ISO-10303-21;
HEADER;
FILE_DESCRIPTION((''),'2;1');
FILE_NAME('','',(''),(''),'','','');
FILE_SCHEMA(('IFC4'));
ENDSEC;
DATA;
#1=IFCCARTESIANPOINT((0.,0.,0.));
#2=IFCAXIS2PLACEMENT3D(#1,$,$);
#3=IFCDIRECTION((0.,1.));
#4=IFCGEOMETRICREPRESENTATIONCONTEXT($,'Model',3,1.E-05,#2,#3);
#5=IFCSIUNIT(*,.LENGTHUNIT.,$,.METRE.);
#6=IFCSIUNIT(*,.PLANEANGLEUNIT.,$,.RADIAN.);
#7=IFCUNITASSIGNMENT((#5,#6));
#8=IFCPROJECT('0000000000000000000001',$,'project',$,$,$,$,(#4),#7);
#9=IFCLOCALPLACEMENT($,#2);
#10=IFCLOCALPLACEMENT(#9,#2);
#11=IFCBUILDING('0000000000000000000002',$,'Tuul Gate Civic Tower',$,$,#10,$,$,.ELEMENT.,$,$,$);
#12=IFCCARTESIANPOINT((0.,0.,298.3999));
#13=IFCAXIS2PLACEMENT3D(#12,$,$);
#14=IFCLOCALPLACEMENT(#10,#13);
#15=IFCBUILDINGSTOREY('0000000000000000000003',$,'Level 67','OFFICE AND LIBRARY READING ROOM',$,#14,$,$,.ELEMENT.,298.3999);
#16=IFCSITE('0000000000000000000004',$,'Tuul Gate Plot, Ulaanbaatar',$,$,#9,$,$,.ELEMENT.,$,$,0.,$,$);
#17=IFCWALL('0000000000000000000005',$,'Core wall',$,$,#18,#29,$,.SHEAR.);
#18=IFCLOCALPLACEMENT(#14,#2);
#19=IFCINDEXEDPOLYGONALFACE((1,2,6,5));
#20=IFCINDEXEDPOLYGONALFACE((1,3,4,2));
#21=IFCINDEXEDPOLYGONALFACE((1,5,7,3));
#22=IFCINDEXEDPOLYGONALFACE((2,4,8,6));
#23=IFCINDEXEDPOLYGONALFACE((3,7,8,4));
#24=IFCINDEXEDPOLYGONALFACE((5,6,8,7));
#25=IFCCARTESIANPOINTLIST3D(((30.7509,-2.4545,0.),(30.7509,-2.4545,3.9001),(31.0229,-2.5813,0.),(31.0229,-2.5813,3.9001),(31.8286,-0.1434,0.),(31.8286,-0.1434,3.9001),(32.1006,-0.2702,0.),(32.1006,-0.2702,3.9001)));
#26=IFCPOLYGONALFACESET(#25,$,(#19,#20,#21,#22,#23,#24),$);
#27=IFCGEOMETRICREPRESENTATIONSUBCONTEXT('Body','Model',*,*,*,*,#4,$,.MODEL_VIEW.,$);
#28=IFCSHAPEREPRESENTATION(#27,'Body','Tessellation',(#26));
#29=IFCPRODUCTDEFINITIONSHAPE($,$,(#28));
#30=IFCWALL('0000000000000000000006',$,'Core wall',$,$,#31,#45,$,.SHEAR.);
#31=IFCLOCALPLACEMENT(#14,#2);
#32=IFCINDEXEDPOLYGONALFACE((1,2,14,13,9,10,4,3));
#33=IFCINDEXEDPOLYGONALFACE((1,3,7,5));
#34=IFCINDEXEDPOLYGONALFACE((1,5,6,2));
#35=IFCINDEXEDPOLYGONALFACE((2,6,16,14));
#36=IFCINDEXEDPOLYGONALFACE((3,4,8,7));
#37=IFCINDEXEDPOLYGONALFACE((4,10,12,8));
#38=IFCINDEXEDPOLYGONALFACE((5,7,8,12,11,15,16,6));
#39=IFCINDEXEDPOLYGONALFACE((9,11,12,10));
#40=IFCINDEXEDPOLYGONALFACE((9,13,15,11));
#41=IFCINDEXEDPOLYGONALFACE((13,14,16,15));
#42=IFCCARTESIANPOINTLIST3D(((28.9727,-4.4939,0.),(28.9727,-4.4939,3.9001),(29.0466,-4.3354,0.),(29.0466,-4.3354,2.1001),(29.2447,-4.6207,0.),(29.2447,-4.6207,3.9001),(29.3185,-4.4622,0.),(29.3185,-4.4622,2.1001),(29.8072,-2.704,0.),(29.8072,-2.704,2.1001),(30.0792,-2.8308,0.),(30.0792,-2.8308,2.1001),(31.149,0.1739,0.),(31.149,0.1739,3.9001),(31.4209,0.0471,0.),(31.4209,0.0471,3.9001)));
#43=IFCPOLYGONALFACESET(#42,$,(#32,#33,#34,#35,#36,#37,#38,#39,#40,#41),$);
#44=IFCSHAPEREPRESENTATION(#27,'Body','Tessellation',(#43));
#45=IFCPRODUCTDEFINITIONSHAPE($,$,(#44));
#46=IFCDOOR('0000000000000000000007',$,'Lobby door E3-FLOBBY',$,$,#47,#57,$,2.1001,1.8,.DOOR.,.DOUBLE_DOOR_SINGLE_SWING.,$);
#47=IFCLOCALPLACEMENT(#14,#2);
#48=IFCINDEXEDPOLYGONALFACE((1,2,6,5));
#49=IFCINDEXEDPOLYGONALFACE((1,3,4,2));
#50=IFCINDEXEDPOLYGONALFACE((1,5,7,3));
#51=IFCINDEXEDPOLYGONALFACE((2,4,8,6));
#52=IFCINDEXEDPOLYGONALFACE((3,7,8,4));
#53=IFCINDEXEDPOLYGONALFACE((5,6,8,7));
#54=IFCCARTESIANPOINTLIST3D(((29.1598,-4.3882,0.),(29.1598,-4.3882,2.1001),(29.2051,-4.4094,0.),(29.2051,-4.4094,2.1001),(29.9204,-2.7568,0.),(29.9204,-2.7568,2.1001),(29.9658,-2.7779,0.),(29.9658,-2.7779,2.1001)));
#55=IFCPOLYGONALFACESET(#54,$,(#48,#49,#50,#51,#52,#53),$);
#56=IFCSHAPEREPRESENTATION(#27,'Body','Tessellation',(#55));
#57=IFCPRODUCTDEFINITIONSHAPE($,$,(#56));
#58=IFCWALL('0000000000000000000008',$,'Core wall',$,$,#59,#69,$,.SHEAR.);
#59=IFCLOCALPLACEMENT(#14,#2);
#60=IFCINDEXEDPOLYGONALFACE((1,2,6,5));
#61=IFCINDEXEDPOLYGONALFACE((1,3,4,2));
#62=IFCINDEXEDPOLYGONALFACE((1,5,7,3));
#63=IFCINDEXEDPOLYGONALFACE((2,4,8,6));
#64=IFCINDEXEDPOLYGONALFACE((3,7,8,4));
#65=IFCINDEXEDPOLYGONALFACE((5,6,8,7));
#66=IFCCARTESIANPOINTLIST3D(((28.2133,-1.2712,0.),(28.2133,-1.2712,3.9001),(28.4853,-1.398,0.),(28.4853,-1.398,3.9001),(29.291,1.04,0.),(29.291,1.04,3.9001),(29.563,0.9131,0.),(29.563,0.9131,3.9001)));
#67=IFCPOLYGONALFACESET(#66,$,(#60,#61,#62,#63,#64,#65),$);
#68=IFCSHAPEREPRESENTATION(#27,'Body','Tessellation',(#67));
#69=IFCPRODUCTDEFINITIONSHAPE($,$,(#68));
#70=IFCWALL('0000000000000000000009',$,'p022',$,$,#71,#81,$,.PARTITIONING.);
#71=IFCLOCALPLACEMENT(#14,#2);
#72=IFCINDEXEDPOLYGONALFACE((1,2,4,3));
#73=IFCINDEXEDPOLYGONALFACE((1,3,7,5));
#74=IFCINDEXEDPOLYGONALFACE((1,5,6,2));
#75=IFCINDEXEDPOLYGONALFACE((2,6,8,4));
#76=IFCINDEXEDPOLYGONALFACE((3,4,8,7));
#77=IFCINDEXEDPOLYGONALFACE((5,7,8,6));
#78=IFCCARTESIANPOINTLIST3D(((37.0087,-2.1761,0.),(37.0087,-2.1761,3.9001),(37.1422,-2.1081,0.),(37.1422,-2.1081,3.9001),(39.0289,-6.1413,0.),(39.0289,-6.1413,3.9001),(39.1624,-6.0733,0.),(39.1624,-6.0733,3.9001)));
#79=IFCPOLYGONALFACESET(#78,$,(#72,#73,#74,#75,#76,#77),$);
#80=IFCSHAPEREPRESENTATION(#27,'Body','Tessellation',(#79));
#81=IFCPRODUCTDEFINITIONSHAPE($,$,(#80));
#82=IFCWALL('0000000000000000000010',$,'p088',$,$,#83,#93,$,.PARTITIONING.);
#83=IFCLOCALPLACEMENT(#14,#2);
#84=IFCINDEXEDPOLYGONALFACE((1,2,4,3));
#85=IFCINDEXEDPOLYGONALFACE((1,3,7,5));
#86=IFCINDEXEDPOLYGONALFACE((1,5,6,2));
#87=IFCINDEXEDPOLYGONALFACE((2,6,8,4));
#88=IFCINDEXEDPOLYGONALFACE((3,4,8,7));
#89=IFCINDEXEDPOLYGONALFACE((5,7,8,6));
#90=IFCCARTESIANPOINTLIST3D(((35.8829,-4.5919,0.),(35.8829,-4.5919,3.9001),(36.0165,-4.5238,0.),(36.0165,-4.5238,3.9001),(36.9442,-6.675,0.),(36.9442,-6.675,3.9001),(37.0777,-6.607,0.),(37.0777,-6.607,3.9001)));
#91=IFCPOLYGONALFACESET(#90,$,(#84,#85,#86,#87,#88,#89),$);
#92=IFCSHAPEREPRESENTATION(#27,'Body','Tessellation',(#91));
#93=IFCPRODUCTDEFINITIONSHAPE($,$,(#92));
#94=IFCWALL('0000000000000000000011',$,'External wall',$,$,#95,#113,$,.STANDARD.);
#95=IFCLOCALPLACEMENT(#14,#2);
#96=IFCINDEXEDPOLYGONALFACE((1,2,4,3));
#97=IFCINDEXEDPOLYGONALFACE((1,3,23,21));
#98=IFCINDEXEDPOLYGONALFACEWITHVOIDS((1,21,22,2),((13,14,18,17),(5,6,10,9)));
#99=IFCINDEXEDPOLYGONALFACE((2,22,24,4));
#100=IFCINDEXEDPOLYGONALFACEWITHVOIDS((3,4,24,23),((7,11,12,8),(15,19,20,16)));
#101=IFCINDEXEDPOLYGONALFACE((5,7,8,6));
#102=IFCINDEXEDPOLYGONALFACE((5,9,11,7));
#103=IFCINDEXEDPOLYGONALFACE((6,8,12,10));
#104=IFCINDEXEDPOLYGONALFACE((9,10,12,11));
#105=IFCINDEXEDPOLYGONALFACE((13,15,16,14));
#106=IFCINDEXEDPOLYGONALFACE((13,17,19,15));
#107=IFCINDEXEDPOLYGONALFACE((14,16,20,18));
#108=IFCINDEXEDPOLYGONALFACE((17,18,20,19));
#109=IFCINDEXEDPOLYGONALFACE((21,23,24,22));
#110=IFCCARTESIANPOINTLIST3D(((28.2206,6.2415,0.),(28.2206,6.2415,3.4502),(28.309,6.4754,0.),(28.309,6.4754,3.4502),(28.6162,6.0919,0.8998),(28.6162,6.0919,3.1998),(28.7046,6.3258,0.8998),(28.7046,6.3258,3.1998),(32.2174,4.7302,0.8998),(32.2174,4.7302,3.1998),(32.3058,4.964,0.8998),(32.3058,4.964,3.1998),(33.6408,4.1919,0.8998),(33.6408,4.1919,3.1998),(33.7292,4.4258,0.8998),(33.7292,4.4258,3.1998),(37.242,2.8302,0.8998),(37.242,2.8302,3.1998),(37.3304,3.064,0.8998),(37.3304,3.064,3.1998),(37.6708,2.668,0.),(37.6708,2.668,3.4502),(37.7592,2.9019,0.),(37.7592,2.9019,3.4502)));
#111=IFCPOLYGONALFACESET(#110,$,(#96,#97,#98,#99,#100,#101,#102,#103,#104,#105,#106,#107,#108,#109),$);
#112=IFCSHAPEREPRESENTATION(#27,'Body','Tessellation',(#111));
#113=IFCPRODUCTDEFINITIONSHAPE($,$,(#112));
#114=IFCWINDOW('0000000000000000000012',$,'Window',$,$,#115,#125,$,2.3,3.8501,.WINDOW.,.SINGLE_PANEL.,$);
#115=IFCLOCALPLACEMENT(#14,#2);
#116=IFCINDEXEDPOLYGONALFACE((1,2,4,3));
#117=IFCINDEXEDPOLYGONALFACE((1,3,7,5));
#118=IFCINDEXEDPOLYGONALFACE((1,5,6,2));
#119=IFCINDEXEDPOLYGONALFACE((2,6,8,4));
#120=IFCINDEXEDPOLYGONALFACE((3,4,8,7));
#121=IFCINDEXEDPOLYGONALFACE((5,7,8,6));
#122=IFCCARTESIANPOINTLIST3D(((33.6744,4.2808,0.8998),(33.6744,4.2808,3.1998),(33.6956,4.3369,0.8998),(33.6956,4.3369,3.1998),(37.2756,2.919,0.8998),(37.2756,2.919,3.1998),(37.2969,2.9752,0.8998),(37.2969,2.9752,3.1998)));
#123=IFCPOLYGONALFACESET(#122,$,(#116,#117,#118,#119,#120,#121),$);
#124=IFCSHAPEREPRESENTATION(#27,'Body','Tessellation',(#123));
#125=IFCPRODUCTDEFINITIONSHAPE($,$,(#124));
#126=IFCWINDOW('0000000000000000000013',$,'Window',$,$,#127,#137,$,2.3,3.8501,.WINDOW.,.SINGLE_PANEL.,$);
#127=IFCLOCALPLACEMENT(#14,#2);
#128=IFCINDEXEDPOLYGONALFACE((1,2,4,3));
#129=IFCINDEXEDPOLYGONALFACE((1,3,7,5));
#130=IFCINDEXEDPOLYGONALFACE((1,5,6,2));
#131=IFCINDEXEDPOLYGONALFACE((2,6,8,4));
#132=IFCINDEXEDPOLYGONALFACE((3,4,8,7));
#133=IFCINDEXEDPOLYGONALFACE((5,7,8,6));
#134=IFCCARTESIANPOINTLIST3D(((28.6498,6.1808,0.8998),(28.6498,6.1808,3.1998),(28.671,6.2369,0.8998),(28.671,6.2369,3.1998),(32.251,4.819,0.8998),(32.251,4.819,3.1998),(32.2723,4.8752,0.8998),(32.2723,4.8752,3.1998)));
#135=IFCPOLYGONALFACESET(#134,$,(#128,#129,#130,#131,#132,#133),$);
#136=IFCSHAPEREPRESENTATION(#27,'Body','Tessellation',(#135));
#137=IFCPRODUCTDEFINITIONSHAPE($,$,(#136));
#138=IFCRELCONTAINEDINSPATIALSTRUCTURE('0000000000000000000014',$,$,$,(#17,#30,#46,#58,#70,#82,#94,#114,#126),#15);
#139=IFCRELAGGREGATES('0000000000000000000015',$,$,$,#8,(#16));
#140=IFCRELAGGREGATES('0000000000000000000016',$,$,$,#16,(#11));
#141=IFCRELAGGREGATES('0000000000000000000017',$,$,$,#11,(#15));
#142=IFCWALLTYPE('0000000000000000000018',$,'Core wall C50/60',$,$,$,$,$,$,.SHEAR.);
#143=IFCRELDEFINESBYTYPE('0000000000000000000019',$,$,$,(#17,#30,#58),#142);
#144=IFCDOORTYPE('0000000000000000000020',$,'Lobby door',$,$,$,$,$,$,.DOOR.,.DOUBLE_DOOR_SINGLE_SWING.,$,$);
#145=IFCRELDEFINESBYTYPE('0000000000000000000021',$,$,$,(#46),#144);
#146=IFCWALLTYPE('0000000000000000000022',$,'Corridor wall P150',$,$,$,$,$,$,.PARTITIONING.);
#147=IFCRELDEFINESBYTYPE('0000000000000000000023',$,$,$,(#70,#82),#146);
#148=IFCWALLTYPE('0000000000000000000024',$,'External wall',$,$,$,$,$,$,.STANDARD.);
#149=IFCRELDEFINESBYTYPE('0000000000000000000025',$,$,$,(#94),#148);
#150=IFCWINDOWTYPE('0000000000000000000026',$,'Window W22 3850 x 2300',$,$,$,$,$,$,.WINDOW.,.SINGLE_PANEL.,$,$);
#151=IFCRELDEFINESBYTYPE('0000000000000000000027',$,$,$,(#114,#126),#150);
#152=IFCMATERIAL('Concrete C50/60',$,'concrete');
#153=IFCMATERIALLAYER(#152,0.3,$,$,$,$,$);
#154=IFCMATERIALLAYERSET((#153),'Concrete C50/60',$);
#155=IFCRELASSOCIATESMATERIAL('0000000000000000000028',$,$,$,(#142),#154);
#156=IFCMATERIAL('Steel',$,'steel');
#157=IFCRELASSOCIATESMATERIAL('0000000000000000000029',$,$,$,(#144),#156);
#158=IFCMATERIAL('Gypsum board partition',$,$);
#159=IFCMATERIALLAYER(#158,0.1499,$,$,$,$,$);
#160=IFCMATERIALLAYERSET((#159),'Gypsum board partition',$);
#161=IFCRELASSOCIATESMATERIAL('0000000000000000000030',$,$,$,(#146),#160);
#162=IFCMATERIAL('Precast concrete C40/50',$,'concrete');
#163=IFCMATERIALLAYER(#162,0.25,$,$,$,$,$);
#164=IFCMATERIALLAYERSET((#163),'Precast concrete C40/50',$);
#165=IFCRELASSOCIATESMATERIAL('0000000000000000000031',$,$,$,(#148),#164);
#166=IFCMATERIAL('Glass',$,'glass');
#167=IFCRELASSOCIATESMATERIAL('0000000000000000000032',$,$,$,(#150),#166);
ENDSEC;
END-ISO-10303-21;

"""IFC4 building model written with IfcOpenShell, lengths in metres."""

from ifc_helpers import new_model, si_unit, direction, frame, frame_2d, origin, place, context, subcontext, project, spatial, rectangle, extrude, material, layer, layer_set, type_object, element, fill, save


model = new_model("IFC4")

# Units and contexts
model_context = context("Model", 3, precision=1e-05, world=origin(), true_north=direction((0.0, 1.0)))
body_context = subcontext(model_context, "Body", "Model", "MODEL_VIEW")
ifc_project = project(units=[si_unit("LENGTHUNIT", "METRE"), si_unit("PLANEANGLEUNIT", "RADIAN")], contexts=[model_context])

# Site, building, storey
site_placement = place(None, origin())
site = spatial("IfcSite", under=ifc_project, at=site_placement, Name="Tuul Gate Plot, Ulaanbaatar", CompositionType="ELEMENT", RefElevation=0.0)
building_placement = place(site_placement, origin())
building = spatial("IfcBuilding", under=site, at=building_placement, Name="Tuul Gate Civic Tower", CompositionType="ELEMENT")
storey_placement = place(building_placement, frame((0.0, 0.0, 298.3999)))
storey = spatial("IfcBuildingStorey", under=building, at=storey_placement, Name="Level 67", Description="OFFICE AND LIBRARY READING ROOM", CompositionType="ELEMENT", Elevation=298.3999)

# Shared definitions
ifc_material_1 = material(Name="Concrete C50/60", Category="concrete")
ifc_layer_1 = layer(ifc_material_1, 0.3)
ifc_layer_set_1 = layer_set([ifc_layer_1], Name="Concrete C50/60")
wall_type_1 = type_object("IfcWallType", Name="Core wall C50/60", PredefinedType="SHEAR", material=ifc_layer_set_1)

# Wall
wall_1_placement = place(storey_placement, frame((30.887, -2.5178, 0.0), z_axis=(0.0, 0.0, 1.0), x_axis=(0.422613, 0.90631, 0.0)))
element("IfcWall", 1, at=wall_1_placement, inside=storey, type_object=wall_type_1, Name="Core wall", PredefinedType="SHEAR", context=body_context, shape_type="SweptSolid", body=[
    extrude(rectangle(XDim=2.55, YDim=0.3, at=frame_2d((1.2749, 0.0))), origin(), (0.0, 0.0, 1.0), 3.9001),
])

# Wall, opening, door
wall_2_placement = place(storey_placement, frame((29.1086, -4.5574, 0.0), z_axis=(0.0, 0.0, 1.0), x_axis=(0.422566, 0.906332, 0.0)))
wall_2 = element("IfcWall", 2, at=wall_2_placement, inside=storey, type_object=wall_type_1, Name="Core wall", PredefinedType="SHEAR", context=body_context, shape_type="SweptSolid", body=[
    extrude(rectangle(XDim=5.1501, YDim=0.3, at=frame_2d((2.5752, 0.0))), origin(), (0.0, 0.0, 1.0), 3.9001),
])
opening_1_placement = place(wall_2_placement, frame((0.175, 0.0, 0.0)))
opening_1 = element("IfcOpeningElement", 3, at=opening_1_placement, cuts=wall_2, PredefinedType="OPENING", context=body_context, shape_type="SweptSolid", body=[
    extrude(rectangle(XDim=1.8, YDim=2.1001, at=frame_2d((0.8999, 1.05))), frame((0.0, 0.1602, 0.0), z_axis=(0.0, -1.0, 0.0), x_axis=(1.0, 0.0, 0.0)), (0.0, 0.0, 1.0), 0.3201),
])
ifc_material_2 = material(Name="Steel", Category="steel")
door_type_1 = type_object("IfcDoorType", Name="Lobby door", OperationType="DOUBLE_DOOR_SINGLE_SWING", PredefinedType="DOOR", material=ifc_material_2)
door_1_placement = place(opening_1_placement, frame((1.8, 0.0, 0.0), z_axis=(0.0, 0.0, 1.0), x_axis=(-1.0, 0.0, 0.0)))
door_1 = element("IfcDoor", 4, at=door_1_placement, inside=storey, type_object=door_type_1, Name="Lobby door E3-FLOBBY", OperationType="DOUBLE_DOOR_SINGLE_SWING", OverallHeight=2.1001, OverallWidth=1.8, PredefinedType="DOOR", context=body_context, shape_type="SweptSolid", body=[
    extrude(rectangle(XDim=1.8, YDim=2.1001, at=frame_2d((0.9001, 1.05))), frame((0.0, 0.0249, 0.0), z_axis=(0.0, -1.0, 0.0), x_axis=(1.0, 0.0, 0.0)), (0.0, 0.0, 1.0), 0.05),
])
fill(opening_1, door_1)

# Walls
wall_3_placement = place(storey_placement, frame((28.3494, -1.3345, 0.0), z_axis=(0.0, 0.0, 1.0), x_axis=(0.422613, 0.90631, 0.0)))
element("IfcWall", 5, at=wall_3_placement, inside=storey, type_object=wall_type_1, Name="Core wall", PredefinedType="SHEAR", context=body_context, shape_type="SweptSolid", body=[
    extrude(rectangle(XDim=2.55, YDim=0.3, at=frame_2d((1.2749, 0.0))), origin(), (0.0, 0.0, 1.0), 3.9001),
])
ifc_material_3 = material(Name="Gypsum board partition")
ifc_layer_2 = layer(ifc_material_3, 0.1499)
ifc_layer_set_2 = layer_set([ifc_layer_2], Name="Gypsum board partition")
wall_type_2 = type_object("IfcWallType", Name="Corridor wall P150", PredefinedType="PARTITIONING", material=ifc_layer_set_2)
wall_4_placement = place(storey_placement, frame((37.0754, -2.1421, 0.0), z_axis=(0.0, 0.0, 1.0), x_axis=(0.453959, -0.891022, 0.0)))
element("IfcWall", 6, at=wall_4_placement, inside=storey, type_object=wall_type_2, Name="p022", PredefinedType="PARTITIONING", context=body_context, shape_type="SweptSolid", body=[
    extrude(rectangle(XDim=4.4502, YDim=0.1499, at=frame_2d((2.2251, 0.0))), origin(), (0.0, 0.0, 1.0), 3.9001),
])
wall_5_placement = place(storey_placement, frame((35.9497, -4.5579, 0.0), z_axis=(0.0, 0.0, 1.0), x_axis=(0.453926, -0.891039, 0.0)))
element("IfcWall", 7, at=wall_5_placement, inside=storey, type_object=wall_type_2, Name="p088", PredefinedType="PARTITIONING", context=body_context, shape_type="SweptSolid", body=[
    extrude(rectangle(XDim=2.3379, YDim=0.1499, at=frame_2d((1.1689, 0.0))), origin(), (0.0, 0.0, 1.0), 3.9001),
])

# Wall, openings, windows
ifc_material_4 = material(Name="Precast concrete C40/50", Category="concrete")
ifc_layer_3 = layer(ifc_material_4, 0.25)
ifc_layer_set_3 = layer_set([ifc_layer_3], Name="Precast concrete C40/50")
wall_type_3 = type_object("IfcWallType", Name="External wall", PredefinedType="STANDARD", material=ifc_layer_set_3)
wall_6_placement = place(storey_placement, frame((37.7151, 2.7849, 0.0), z_axis=(0.0, 0.0, 1.0), x_axis=(-0.93536, 0.353696, 0.0)))
wall_6 = element("IfcWall", 8, at=wall_6_placement, inside=storey, type_object=wall_type_3, Name="External wall", PredefinedType="STANDARD", context=body_context, shape_type="SweptSolid", body=[
    extrude(rectangle(XDim=10.1033, YDim=0.25, at=frame_2d((5.0518, 0.0))), origin(), (0.0, 0.0, 1.0), 3.4502),
])
opening_2_placement = place(wall_6_placement, frame((0.4585, 0.0, 0.8999)))
opening_2 = element("IfcOpeningElement", 9, at=opening_2_placement, cuts=wall_6, PredefinedType="OPENING", context=body_context, shape_type="SweptSolid", body=[
    extrude(rectangle(XDim=3.8501, YDim=2.3, at=frame_2d((1.925, 1.1499))), frame((0.0, 0.135, 0.0), z_axis=(0.0, -1.0, 0.0), x_axis=(1.0, 0.0, 0.0)), (0.0, 0.0, 1.0), 0.27),
])
opening_3_placement = place(wall_6_placement, frame((5.8303, 0.0, 0.8999)))
opening_3 = element("IfcOpeningElement", 10, at=opening_3_placement, cuts=wall_6, PredefinedType="OPENING", context=body_context, shape_type="SweptSolid", body=[
    extrude(rectangle(XDim=3.8501, YDim=2.3, at=frame_2d((1.925, 1.1499))), frame((0.0, 0.135, 0.0), z_axis=(0.0, -1.0, 0.0), x_axis=(1.0, 0.0, 0.0)), (0.0, 0.0, 1.0), 0.27),
])
ifc_material_5 = material(Name="Glass", Category="glass")
window_type = type_object("IfcWindowType", Name="Window W22 3850 x 2300", PartitioningType="SINGLE_PANEL", PredefinedType="WINDOW", material=ifc_material_5)
window_1_placement = place(opening_2_placement, origin())
window_1 = element("IfcWindow", 11, at=window_1_placement, inside=storey, type_object=window_type, Name="Window", OverallHeight=2.3, OverallWidth=3.8501, PartitioningType="SINGLE_PANEL", PredefinedType="WINDOW", context=body_context, shape_type="SweptSolid", body=[
    extrude(rectangle(XDim=3.8501, YDim=2.3, at=frame_2d((1.925, 1.1499))), frame((0.0, 0.03, 0.0), z_axis=(0.0, -1.0, 0.0), x_axis=(1.0, 0.0, 0.0)), (0.0, 0.0, 1.0), 0.0601),
])
fill(opening_2, window_1)
window_2_placement = place(opening_3_placement, origin())
window_2 = element("IfcWindow", 12, at=window_2_placement, inside=storey, type_object=window_type, Name="Window", OverallHeight=2.3, OverallWidth=3.8501, PartitioningType="SINGLE_PANEL", PredefinedType="WINDOW", context=body_context, shape_type="SweptSolid", body=[
    extrude(rectangle(XDim=3.8501, YDim=2.3, at=frame_2d((1.925, 1.1499))), frame((0.0, 0.03, 0.0), z_axis=(0.0, -1.0, 0.0), x_axis=(1.0, 0.0, 0.0)), (0.0, 0.0, 1.0), 0.0601),
])
fill(opening_3, window_2)

save(model, "model.ifc")
